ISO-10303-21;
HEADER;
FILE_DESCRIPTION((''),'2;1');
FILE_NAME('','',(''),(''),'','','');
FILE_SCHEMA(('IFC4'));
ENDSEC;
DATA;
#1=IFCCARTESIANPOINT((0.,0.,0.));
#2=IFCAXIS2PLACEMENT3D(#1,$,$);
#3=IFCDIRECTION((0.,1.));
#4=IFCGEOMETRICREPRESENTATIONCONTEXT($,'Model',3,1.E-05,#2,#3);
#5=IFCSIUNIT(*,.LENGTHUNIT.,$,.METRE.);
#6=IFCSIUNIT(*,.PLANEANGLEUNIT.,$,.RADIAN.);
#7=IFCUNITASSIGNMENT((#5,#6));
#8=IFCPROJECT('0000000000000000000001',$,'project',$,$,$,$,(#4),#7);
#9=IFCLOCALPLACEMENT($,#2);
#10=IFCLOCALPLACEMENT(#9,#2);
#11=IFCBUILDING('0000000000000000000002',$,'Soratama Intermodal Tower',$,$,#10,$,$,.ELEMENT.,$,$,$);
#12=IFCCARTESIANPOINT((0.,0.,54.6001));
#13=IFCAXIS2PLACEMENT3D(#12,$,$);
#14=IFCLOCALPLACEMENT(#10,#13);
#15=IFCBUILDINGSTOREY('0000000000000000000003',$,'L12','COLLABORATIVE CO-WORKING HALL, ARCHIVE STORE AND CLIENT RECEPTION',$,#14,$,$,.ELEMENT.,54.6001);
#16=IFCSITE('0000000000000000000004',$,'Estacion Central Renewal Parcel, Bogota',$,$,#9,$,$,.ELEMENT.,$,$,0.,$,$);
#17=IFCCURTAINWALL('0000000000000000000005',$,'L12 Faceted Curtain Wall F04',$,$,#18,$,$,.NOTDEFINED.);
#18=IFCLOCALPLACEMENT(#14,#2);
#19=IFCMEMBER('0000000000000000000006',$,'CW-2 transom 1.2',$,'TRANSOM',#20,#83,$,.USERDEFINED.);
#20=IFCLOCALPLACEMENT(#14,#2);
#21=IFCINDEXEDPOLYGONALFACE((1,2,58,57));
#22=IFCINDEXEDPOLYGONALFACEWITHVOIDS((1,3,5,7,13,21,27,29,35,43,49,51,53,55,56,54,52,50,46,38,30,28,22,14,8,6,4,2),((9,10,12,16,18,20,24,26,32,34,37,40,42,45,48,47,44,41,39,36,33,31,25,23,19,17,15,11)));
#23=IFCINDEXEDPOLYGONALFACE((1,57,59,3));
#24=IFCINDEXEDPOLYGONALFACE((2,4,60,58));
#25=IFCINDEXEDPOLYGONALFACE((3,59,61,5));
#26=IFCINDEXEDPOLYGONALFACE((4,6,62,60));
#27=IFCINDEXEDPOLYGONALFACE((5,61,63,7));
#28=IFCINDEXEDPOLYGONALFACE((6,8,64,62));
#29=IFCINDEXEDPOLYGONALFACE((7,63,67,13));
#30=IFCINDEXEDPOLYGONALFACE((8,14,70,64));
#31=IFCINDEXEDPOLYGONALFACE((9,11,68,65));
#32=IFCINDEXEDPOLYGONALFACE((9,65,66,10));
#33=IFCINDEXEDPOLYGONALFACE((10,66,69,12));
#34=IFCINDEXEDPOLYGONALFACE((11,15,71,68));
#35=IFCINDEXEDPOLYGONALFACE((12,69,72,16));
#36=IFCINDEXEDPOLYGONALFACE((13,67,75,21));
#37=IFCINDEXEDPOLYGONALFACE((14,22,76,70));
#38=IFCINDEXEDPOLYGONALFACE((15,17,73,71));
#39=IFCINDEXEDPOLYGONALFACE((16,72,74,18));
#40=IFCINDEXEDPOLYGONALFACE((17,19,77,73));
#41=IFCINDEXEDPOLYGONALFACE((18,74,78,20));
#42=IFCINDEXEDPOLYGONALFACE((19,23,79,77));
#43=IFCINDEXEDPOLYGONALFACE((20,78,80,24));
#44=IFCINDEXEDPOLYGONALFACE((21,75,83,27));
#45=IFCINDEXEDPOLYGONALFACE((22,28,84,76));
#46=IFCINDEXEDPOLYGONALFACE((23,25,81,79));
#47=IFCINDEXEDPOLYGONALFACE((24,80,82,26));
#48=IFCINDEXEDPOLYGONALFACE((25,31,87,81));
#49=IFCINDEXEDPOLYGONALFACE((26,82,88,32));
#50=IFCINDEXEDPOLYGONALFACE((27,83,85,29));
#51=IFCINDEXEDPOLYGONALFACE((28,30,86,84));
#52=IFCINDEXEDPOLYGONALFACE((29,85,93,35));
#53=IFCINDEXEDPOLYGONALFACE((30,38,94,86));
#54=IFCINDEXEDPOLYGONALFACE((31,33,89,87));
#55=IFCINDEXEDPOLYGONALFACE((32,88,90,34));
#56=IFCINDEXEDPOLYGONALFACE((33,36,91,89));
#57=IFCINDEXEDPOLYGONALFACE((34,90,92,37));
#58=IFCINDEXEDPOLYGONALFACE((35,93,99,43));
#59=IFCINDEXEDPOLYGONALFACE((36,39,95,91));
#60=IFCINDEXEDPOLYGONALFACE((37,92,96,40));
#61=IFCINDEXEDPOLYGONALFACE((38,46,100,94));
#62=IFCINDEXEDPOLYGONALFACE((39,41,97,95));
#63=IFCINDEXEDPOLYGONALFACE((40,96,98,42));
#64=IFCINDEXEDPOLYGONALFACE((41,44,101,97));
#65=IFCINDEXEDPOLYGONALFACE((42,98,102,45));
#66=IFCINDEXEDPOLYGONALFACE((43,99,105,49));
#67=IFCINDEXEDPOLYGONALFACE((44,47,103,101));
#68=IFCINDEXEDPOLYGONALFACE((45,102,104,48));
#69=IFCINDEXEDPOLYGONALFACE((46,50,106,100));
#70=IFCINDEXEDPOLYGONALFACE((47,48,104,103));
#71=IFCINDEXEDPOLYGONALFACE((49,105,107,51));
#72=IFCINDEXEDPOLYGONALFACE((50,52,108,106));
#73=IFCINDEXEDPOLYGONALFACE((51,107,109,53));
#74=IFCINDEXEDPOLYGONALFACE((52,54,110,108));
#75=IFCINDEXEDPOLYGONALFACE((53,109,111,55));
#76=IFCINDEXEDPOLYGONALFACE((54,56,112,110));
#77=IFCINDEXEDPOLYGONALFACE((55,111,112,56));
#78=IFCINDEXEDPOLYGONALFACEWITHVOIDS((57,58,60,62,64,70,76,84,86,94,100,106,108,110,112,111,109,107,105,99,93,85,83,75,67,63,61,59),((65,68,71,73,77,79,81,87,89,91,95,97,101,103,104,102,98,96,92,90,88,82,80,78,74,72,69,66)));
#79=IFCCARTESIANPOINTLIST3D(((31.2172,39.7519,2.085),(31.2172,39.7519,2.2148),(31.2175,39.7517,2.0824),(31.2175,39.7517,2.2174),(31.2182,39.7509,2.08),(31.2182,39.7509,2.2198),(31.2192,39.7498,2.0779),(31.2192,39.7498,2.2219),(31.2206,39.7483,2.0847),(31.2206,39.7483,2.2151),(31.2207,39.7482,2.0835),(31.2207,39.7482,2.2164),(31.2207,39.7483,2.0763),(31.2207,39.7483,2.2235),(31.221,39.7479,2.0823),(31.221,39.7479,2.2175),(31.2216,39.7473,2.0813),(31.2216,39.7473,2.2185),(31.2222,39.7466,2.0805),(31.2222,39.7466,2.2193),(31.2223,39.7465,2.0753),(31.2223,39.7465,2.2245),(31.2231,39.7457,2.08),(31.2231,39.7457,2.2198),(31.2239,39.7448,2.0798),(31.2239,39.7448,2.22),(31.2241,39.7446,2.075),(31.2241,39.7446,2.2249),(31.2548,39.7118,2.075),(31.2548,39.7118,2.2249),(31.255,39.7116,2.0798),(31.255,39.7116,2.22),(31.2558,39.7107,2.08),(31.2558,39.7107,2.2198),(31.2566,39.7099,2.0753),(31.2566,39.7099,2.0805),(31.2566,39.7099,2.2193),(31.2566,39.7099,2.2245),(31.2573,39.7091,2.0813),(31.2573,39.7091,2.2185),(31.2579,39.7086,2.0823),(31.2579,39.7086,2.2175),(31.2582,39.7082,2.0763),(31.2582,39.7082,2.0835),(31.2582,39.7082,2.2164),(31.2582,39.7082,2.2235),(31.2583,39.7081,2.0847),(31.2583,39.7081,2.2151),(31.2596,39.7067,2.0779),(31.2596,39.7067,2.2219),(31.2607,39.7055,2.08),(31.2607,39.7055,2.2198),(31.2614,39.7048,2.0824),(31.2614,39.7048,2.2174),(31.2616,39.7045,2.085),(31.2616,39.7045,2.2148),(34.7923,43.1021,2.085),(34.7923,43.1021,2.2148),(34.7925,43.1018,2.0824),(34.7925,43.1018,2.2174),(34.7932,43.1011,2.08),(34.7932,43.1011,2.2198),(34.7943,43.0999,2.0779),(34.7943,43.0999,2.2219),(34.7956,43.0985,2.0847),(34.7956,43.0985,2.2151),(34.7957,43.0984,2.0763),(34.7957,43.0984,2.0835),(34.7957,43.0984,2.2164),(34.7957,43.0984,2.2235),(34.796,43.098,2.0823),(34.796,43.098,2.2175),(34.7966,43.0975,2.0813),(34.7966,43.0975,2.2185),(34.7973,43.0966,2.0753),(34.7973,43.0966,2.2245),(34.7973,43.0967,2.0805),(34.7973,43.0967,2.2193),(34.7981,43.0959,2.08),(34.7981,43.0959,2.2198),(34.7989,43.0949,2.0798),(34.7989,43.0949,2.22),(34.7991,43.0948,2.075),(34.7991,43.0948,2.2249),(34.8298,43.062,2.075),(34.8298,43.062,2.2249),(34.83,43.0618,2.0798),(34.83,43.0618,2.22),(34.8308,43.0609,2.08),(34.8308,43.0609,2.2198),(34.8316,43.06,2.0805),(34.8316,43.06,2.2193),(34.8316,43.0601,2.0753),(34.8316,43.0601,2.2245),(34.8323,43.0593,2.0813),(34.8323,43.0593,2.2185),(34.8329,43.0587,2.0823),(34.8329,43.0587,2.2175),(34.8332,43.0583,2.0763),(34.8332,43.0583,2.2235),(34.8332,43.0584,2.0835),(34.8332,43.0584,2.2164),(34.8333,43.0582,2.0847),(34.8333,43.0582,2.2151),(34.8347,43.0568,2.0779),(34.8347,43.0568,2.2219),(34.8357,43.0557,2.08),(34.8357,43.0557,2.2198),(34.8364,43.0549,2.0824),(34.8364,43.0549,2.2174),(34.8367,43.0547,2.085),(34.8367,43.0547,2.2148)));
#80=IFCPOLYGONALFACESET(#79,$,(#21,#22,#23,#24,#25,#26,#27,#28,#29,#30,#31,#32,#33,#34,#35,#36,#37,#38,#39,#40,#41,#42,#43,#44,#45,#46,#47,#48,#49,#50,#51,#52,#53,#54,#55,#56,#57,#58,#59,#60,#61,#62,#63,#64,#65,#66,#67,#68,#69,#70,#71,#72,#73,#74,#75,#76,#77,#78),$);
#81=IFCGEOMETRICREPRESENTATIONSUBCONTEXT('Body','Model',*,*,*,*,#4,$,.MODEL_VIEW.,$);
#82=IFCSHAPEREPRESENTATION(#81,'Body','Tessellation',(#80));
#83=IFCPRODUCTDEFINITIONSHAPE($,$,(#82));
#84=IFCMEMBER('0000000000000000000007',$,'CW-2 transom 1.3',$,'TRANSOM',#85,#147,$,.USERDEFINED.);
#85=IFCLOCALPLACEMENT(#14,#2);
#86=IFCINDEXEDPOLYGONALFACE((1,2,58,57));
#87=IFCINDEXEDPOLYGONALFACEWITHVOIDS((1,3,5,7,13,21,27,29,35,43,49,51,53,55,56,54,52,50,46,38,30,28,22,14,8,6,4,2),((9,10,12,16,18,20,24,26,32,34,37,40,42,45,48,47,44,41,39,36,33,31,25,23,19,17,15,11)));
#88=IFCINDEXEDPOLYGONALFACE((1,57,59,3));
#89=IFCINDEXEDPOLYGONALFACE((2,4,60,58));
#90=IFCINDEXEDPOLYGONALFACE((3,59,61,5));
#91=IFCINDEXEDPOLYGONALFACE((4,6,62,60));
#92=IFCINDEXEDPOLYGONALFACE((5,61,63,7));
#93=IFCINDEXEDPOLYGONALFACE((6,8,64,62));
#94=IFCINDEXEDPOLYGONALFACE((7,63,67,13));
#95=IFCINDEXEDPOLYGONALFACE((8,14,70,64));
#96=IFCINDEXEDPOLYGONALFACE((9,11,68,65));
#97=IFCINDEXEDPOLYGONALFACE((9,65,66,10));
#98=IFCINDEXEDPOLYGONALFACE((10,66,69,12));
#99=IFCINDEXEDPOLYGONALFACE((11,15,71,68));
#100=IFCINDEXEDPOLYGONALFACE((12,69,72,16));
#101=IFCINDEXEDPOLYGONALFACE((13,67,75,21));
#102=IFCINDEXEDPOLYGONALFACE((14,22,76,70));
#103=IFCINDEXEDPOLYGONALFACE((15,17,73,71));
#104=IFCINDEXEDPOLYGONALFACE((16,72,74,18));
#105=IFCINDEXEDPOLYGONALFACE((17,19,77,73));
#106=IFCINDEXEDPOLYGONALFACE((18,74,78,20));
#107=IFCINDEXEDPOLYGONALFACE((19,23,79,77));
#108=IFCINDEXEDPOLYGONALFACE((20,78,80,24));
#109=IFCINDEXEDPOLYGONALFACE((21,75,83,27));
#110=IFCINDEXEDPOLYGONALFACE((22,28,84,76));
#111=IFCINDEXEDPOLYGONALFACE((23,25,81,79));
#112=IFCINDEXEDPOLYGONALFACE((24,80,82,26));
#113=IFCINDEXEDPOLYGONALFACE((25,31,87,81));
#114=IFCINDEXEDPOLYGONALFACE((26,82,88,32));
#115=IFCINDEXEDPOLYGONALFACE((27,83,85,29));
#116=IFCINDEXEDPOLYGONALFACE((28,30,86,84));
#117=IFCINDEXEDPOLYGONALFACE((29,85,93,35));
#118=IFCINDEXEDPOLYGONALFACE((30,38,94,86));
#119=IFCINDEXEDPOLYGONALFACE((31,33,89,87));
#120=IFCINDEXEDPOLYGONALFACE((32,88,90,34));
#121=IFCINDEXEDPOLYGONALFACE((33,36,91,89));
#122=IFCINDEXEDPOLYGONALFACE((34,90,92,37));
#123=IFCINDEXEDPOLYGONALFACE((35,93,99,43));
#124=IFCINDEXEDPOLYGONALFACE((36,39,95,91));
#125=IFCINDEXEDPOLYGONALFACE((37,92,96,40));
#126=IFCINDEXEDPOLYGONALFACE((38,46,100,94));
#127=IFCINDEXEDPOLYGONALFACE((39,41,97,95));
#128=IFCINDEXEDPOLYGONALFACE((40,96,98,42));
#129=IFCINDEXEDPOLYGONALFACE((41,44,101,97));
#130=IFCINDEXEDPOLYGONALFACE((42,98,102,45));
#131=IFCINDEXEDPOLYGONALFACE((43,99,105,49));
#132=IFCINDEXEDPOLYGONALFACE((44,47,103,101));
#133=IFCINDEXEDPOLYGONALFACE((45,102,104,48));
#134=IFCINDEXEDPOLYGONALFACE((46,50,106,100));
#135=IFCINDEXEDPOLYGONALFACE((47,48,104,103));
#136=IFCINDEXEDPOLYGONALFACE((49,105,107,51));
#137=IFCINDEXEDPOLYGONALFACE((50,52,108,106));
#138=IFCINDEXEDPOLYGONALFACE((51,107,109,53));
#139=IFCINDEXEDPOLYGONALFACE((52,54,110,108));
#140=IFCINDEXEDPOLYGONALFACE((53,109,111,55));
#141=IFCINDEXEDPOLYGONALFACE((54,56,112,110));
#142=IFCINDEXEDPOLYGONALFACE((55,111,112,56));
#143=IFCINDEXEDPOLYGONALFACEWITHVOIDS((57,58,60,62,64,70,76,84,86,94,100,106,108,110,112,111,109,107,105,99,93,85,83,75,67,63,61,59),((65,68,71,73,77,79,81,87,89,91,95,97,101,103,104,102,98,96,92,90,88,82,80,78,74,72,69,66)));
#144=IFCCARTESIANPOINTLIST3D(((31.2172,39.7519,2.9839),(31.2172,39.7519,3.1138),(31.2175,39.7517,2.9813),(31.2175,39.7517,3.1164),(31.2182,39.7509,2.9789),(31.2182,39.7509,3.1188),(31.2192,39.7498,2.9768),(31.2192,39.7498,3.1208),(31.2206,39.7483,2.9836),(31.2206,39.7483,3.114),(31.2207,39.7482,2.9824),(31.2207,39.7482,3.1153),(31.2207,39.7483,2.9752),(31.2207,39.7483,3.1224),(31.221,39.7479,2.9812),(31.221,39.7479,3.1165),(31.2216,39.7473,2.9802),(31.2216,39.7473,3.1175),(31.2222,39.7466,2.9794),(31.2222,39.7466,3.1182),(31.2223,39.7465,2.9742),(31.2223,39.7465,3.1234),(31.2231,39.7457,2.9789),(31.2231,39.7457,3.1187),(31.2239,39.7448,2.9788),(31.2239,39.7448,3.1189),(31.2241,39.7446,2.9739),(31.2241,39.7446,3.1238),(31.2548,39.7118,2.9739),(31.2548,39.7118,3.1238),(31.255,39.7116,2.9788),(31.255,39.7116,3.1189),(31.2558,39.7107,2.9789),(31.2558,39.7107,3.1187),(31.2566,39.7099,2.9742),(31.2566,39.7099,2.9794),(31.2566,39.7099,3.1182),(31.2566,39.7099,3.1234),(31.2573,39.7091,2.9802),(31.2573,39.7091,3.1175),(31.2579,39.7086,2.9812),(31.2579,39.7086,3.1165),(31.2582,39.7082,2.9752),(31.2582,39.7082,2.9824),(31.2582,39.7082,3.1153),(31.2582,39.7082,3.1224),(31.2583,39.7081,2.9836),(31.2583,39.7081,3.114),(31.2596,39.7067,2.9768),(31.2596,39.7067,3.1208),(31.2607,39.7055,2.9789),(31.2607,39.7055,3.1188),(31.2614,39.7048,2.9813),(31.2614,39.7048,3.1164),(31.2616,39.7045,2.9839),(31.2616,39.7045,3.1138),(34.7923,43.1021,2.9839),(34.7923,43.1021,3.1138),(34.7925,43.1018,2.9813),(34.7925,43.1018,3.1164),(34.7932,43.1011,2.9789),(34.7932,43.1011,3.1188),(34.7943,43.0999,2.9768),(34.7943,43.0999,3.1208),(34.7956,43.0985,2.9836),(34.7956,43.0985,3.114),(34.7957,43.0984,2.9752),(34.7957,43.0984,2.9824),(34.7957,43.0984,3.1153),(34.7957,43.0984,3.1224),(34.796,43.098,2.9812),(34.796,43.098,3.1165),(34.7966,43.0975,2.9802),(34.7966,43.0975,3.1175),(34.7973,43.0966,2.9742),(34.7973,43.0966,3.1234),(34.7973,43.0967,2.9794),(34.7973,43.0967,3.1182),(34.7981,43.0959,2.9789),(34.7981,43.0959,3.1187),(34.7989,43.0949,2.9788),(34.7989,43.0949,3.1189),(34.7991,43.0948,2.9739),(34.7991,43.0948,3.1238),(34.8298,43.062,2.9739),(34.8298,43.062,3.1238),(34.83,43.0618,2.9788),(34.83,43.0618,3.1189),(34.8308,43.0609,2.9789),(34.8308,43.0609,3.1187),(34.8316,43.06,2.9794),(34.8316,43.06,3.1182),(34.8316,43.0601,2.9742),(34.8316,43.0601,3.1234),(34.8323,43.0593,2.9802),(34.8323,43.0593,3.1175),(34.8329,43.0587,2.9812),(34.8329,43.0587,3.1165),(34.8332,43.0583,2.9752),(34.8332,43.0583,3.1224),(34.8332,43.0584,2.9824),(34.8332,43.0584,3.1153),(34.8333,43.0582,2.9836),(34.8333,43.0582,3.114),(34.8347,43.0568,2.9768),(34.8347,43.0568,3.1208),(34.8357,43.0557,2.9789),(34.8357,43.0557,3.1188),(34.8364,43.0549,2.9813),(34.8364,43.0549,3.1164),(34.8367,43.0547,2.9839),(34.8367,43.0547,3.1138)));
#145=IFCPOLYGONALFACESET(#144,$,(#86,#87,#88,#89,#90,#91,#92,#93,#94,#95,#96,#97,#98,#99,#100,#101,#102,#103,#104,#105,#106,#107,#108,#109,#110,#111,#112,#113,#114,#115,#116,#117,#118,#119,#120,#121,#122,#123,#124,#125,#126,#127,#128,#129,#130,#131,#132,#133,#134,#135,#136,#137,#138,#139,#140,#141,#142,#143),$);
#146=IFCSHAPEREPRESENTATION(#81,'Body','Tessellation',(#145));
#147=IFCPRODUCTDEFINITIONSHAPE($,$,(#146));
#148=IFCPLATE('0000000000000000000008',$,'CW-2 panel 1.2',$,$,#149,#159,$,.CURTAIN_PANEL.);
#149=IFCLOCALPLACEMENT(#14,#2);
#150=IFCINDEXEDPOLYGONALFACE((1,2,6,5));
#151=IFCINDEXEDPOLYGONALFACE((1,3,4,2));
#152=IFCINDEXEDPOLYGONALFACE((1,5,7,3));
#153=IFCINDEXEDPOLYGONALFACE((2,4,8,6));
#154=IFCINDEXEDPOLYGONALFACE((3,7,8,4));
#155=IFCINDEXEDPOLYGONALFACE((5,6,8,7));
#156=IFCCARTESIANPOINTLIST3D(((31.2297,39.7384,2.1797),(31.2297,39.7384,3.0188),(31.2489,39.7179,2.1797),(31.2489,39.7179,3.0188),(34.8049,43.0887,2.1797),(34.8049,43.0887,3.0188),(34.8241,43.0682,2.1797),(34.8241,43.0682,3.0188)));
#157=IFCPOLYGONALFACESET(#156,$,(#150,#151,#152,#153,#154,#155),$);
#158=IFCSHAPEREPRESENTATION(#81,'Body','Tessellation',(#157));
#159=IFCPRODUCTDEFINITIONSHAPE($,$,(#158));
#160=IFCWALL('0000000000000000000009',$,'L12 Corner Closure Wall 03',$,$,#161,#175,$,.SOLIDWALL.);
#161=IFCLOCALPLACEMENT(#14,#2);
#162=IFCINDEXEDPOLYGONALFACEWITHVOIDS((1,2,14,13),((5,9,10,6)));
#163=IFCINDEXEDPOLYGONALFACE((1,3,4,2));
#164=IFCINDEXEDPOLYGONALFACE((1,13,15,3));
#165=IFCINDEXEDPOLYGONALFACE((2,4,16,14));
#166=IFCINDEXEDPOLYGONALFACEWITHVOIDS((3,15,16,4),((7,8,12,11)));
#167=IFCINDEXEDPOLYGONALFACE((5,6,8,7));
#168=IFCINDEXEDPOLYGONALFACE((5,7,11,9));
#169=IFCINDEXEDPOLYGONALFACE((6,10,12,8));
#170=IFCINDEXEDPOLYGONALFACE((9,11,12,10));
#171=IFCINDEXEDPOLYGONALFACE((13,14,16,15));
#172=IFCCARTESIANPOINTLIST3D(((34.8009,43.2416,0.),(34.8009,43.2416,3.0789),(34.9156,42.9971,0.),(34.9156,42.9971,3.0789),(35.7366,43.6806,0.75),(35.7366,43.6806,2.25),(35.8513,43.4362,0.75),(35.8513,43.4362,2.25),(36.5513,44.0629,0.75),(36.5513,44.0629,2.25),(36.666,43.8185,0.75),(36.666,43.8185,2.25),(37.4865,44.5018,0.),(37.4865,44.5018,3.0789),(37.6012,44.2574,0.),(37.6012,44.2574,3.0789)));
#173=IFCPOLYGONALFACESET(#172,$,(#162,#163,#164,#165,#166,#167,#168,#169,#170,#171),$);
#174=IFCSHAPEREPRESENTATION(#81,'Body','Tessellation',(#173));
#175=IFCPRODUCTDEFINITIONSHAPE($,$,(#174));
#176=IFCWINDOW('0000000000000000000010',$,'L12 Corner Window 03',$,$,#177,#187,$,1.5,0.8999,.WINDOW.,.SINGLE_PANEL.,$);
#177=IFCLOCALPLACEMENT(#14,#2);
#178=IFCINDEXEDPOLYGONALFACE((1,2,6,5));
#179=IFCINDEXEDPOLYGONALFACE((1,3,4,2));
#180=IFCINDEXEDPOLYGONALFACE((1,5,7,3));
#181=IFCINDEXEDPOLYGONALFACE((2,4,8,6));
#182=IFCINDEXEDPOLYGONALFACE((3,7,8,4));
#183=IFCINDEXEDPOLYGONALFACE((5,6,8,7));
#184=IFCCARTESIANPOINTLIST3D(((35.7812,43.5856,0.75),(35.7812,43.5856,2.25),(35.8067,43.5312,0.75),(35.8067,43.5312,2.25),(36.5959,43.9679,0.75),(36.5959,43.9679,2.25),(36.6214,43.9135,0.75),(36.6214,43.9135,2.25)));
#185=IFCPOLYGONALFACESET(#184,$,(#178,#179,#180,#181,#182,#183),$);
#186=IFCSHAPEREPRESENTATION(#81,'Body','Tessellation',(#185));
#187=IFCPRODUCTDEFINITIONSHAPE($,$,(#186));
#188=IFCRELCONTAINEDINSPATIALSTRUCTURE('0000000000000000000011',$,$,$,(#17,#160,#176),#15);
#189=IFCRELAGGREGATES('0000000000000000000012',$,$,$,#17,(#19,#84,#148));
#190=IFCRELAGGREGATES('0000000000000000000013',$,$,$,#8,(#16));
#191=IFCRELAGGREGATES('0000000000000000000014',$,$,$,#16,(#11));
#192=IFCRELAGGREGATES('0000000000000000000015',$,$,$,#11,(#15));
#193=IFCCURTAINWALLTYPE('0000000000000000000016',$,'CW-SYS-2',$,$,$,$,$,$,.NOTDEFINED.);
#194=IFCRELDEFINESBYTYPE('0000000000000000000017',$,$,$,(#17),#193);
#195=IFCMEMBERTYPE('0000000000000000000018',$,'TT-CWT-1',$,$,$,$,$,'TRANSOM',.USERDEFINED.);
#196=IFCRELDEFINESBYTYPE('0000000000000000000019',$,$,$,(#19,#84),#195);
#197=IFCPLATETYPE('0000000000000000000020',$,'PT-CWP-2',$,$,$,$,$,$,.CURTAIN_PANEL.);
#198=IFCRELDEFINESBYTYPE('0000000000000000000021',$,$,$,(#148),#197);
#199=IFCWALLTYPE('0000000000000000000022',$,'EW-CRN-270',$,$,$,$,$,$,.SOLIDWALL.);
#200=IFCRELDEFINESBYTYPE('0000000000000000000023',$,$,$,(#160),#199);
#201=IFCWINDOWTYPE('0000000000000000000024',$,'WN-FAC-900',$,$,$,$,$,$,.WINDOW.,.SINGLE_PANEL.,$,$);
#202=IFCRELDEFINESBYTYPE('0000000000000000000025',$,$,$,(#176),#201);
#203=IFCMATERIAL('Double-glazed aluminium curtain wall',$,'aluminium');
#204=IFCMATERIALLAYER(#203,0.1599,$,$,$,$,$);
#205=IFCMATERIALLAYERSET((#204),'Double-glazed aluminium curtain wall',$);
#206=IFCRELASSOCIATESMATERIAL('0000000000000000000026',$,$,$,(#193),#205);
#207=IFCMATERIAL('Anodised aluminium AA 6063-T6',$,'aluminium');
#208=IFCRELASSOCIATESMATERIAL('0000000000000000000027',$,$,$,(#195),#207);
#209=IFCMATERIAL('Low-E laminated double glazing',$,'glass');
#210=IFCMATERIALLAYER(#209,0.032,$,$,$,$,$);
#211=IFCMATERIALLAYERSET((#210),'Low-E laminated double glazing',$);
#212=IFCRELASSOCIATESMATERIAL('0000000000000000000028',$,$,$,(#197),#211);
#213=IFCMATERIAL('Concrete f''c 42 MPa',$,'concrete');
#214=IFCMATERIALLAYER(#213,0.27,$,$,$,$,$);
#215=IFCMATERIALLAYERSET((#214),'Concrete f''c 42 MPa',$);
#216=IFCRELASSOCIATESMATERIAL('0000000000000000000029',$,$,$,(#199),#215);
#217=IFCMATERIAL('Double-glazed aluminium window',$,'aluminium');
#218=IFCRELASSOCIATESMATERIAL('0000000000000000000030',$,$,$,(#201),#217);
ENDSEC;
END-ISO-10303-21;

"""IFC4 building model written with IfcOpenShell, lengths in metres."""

from ifc_helpers import new_model, si_unit, direction, frame, frame_2d, origin, origin_2d, place, context, subcontext, project, spatial, rectangle, hollow_rectangle, extrude, material, layer, layer_set, material_profile, profile_set, type_object, element, fill, aggregate, save


model = new_model("IFC4")

# Units and contexts
model_context = context("Model", 3, precision=1e-05, world=origin(), true_north=direction((0.0, 1.0)))
body_context = subcontext(model_context, "Body", "Model", "MODEL_VIEW")
ifc_project = project(units=[si_unit("LENGTHUNIT", "METRE"), si_unit("PLANEANGLEUNIT", "RADIAN")], contexts=[model_context])

# Site, building, storey
site_placement = place(None, origin())
site = spatial("IfcSite", under=ifc_project, at=site_placement, Name="Estacion Central Renewal Parcel, Bogota", CompositionType="ELEMENT", RefElevation=0.0)
building_placement = place(site_placement, origin())
building = spatial("IfcBuilding", under=site, at=building_placement, Name="Soratama Intermodal Tower", CompositionType="ELEMENT")
storey_placement = place(building_placement, frame((0.0, 0.0, 54.6001)))
storey = spatial("IfcBuildingStorey", under=building, at=storey_placement, Name="L12", Description="COLLABORATIVE CO-WORKING HALL, ARCHIVE STORE AND CLIENT RECEPTION", CompositionType="ELEMENT", Elevation=54.6001)

# Curtain wall, members, plate
ifc_material_1 = material(Name="Double-glazed aluminium curtain wall", Category="aluminium")
ifc_layer_1 = layer(ifc_material_1, 0.1599)
ifc_layer_set_1 = layer_set([ifc_layer_1], Name="Double-glazed aluminium curtain wall")
curtain_wall_type = type_object("IfcCurtainWallType", Name="CW-SYS-2", PredefinedType="NOTDEFINED", material=ifc_layer_set_1)
curtain_wall_placement = place(storey_placement, origin())
curtain_wall = element("IfcCurtainWall", 1, at=curtain_wall_placement, inside=storey, type_object=curtain_wall_type, Name="L12 Faceted Curtain Wall F04", PredefinedType="NOTDEFINED")
ifc_material_2 = material(Name="Anodised aluminium AA 6063-T6", Category="aluminium")
ifc_material_profile_1 = material_profile(ifc_material_2, hollow_rectangle(XDim=0.0649, YDim=0.1499, WallThickness=0.0049, InnerFilletRadius=0.0049, OuterFilletRadius=0.01, at=origin_2d()), Name="CWT150X65X5")
ifc_profile_set_1 = profile_set([ifc_material_profile_1], Name="Anodised aluminium AA 6063-T6")
member_type_1 = type_object("IfcMemberType", Name="TT-CWT-1", ElementType="TRANSOM", PredefinedType="USERDEFINED", material=ifc_profile_set_1)
member_1_placement = place(storey_placement, frame((34.8145, 43.0784, 2.1499), z_axis=(-0.729682, -0.683787, 0.0), x_axis=(0.683787, -0.729682, 0.0)))
member_1 = element("IfcMember", 2, at=member_1_placement, type_object=member_type_1, Name="CW-2 transom 1.2", ObjectType="TRANSOM", PredefinedType="USERDEFINED", context=body_context, shape_type="SweptSolid", body=[
    extrude(hollow_rectangle(XDim=0.0649, YDim=0.1499, WallThickness=0.0049, InnerFilletRadius=0.0049, OuterFilletRadius=0.01, at=origin_2d()), origin(), (0.0, 0.0, 1.0), 4.8994),
])
member_2_placement = place(storey_placement, frame((34.8145, 43.0784, 3.0488), z_axis=(-0.729682, -0.683787, 0.0), x_axis=(0.683787, -0.729682, 0.0)))
member_2 = element("IfcMember", 3, at=member_2_placement, type_object=member_type_1, Name="CW-2 transom 1.3", ObjectType="TRANSOM", PredefinedType="USERDEFINED", context=body_context, shape_type="SweptSolid", body=[
    extrude(hollow_rectangle(XDim=0.0649, YDim=0.1499, WallThickness=0.0049, InnerFilletRadius=0.0049, OuterFilletRadius=0.01, at=origin_2d()), origin(), (0.0, 0.0, 1.0), 4.8994),
])
ifc_material_3 = material(Name="Low-E laminated double glazing", Category="glass")
ifc_layer_2 = layer(ifc_material_3, 0.032)
ifc_layer_set_2 = layer_set([ifc_layer_2], Name="Low-E laminated double glazing")
plate_type = type_object("IfcPlateType", Name="PT-CWP-2", PredefinedType="CURTAIN_PANEL", material=ifc_layer_set_2)
plate_placement = place(storey_placement, frame((33.0269, 41.4033, 2.1797), z_axis=(0.0, 0.0, 1.0), x_axis=(-0.729682, -0.683786, 0.0)))
plate = element("IfcPlate", 4, at=plate_placement, type_object=plate_type, Name="CW-2 panel 1.2", PredefinedType="CURTAIN_PANEL", context=body_context, shape_type="SweptSolid", body=[
    extrude(rectangle(XDim=4.8997, YDim=0.0281, at=origin_2d()), origin(), (0.0, 0.0, 1.0), 0.8391),
])
aggregate(curtain_wall, [member_1, member_2, plate])

# Wall, opening, window
ifc_material_4 = material(Name="Concrete f'c 42 MPa", Category="concrete")
ifc_layer_3 = layer(ifc_material_4, 0.27)
ifc_layer_set_3 = layer_set([ifc_layer_3], Name="Concrete f'c 42 MPa")
wall_type = type_object("IfcWallType", Name="EW-CRN-270", PredefinedType="SOLIDWALL", material=ifc_layer_set_3)
wall_placement = place(storey_placement, frame((37.5439, 44.3796, 0.0), z_axis=(0.0, 0.0, 1.0), x_axis=(-0.905277, -0.424822, 0.0)))
wall = element("IfcWall", 5, at=wall_placement, inside=storey, type_object=wall_type, Name="L12 Corner Closure Wall 03", PredefinedType="SOLIDWALL", context=body_context, shape_type="SweptSolid", body=[
    extrude(rectangle(XDim=2.9666, YDim=0.27, at=frame_2d((1.4834, 0.0))), origin(), (0.0, 0.0, 1.0), 3.0789),
])
opening_placement = place(wall_placement, frame((1.0332, 0.0, 0.75)))
opening = element("IfcOpeningElement", 6, at=opening_placement, cuts=wall, PredefinedType="OPENING", context=body_context, shape_type="SweptSolid", body=[
    extrude(rectangle(XDim=0.8999, YDim=1.5, at=frame_2d((0.45, 0.75))), frame((0.0, 0.145, 0.0), z_axis=(0.0, -1.0, 0.0), x_axis=(1.0, 0.0, 0.0)), (0.0, 0.0, 1.0), 0.29),
])
ifc_material_5 = material(Name="Double-glazed aluminium window", Category="aluminium")
window_type = type_object("IfcWindowType", Name="WN-FAC-900", PartitioningType="SINGLE_PANEL", PredefinedType="WINDOW", material=ifc_material_5)
window_placement = place(opening_placement, origin())
window = element("IfcWindow", 7, at=window_placement, inside=storey, type_object=window_type, Name="L12 Corner Window 03", OverallHeight=1.5, OverallWidth=0.8999, PartitioningType="SINGLE_PANEL", PredefinedType="WINDOW", context=body_context, shape_type="SweptSolid", body=[
    extrude(rectangle(XDim=0.8999, YDim=1.5, at=frame_2d((0.45, 0.75))), frame((0.0, 0.03, 0.0), z_axis=(0.0, -1.0, 0.0), x_axis=(1.0, 0.0, 0.0)), (0.0, 0.0, 1.0), 0.0601),
])
fill(opening, window)

save(model, "model.ifc")
